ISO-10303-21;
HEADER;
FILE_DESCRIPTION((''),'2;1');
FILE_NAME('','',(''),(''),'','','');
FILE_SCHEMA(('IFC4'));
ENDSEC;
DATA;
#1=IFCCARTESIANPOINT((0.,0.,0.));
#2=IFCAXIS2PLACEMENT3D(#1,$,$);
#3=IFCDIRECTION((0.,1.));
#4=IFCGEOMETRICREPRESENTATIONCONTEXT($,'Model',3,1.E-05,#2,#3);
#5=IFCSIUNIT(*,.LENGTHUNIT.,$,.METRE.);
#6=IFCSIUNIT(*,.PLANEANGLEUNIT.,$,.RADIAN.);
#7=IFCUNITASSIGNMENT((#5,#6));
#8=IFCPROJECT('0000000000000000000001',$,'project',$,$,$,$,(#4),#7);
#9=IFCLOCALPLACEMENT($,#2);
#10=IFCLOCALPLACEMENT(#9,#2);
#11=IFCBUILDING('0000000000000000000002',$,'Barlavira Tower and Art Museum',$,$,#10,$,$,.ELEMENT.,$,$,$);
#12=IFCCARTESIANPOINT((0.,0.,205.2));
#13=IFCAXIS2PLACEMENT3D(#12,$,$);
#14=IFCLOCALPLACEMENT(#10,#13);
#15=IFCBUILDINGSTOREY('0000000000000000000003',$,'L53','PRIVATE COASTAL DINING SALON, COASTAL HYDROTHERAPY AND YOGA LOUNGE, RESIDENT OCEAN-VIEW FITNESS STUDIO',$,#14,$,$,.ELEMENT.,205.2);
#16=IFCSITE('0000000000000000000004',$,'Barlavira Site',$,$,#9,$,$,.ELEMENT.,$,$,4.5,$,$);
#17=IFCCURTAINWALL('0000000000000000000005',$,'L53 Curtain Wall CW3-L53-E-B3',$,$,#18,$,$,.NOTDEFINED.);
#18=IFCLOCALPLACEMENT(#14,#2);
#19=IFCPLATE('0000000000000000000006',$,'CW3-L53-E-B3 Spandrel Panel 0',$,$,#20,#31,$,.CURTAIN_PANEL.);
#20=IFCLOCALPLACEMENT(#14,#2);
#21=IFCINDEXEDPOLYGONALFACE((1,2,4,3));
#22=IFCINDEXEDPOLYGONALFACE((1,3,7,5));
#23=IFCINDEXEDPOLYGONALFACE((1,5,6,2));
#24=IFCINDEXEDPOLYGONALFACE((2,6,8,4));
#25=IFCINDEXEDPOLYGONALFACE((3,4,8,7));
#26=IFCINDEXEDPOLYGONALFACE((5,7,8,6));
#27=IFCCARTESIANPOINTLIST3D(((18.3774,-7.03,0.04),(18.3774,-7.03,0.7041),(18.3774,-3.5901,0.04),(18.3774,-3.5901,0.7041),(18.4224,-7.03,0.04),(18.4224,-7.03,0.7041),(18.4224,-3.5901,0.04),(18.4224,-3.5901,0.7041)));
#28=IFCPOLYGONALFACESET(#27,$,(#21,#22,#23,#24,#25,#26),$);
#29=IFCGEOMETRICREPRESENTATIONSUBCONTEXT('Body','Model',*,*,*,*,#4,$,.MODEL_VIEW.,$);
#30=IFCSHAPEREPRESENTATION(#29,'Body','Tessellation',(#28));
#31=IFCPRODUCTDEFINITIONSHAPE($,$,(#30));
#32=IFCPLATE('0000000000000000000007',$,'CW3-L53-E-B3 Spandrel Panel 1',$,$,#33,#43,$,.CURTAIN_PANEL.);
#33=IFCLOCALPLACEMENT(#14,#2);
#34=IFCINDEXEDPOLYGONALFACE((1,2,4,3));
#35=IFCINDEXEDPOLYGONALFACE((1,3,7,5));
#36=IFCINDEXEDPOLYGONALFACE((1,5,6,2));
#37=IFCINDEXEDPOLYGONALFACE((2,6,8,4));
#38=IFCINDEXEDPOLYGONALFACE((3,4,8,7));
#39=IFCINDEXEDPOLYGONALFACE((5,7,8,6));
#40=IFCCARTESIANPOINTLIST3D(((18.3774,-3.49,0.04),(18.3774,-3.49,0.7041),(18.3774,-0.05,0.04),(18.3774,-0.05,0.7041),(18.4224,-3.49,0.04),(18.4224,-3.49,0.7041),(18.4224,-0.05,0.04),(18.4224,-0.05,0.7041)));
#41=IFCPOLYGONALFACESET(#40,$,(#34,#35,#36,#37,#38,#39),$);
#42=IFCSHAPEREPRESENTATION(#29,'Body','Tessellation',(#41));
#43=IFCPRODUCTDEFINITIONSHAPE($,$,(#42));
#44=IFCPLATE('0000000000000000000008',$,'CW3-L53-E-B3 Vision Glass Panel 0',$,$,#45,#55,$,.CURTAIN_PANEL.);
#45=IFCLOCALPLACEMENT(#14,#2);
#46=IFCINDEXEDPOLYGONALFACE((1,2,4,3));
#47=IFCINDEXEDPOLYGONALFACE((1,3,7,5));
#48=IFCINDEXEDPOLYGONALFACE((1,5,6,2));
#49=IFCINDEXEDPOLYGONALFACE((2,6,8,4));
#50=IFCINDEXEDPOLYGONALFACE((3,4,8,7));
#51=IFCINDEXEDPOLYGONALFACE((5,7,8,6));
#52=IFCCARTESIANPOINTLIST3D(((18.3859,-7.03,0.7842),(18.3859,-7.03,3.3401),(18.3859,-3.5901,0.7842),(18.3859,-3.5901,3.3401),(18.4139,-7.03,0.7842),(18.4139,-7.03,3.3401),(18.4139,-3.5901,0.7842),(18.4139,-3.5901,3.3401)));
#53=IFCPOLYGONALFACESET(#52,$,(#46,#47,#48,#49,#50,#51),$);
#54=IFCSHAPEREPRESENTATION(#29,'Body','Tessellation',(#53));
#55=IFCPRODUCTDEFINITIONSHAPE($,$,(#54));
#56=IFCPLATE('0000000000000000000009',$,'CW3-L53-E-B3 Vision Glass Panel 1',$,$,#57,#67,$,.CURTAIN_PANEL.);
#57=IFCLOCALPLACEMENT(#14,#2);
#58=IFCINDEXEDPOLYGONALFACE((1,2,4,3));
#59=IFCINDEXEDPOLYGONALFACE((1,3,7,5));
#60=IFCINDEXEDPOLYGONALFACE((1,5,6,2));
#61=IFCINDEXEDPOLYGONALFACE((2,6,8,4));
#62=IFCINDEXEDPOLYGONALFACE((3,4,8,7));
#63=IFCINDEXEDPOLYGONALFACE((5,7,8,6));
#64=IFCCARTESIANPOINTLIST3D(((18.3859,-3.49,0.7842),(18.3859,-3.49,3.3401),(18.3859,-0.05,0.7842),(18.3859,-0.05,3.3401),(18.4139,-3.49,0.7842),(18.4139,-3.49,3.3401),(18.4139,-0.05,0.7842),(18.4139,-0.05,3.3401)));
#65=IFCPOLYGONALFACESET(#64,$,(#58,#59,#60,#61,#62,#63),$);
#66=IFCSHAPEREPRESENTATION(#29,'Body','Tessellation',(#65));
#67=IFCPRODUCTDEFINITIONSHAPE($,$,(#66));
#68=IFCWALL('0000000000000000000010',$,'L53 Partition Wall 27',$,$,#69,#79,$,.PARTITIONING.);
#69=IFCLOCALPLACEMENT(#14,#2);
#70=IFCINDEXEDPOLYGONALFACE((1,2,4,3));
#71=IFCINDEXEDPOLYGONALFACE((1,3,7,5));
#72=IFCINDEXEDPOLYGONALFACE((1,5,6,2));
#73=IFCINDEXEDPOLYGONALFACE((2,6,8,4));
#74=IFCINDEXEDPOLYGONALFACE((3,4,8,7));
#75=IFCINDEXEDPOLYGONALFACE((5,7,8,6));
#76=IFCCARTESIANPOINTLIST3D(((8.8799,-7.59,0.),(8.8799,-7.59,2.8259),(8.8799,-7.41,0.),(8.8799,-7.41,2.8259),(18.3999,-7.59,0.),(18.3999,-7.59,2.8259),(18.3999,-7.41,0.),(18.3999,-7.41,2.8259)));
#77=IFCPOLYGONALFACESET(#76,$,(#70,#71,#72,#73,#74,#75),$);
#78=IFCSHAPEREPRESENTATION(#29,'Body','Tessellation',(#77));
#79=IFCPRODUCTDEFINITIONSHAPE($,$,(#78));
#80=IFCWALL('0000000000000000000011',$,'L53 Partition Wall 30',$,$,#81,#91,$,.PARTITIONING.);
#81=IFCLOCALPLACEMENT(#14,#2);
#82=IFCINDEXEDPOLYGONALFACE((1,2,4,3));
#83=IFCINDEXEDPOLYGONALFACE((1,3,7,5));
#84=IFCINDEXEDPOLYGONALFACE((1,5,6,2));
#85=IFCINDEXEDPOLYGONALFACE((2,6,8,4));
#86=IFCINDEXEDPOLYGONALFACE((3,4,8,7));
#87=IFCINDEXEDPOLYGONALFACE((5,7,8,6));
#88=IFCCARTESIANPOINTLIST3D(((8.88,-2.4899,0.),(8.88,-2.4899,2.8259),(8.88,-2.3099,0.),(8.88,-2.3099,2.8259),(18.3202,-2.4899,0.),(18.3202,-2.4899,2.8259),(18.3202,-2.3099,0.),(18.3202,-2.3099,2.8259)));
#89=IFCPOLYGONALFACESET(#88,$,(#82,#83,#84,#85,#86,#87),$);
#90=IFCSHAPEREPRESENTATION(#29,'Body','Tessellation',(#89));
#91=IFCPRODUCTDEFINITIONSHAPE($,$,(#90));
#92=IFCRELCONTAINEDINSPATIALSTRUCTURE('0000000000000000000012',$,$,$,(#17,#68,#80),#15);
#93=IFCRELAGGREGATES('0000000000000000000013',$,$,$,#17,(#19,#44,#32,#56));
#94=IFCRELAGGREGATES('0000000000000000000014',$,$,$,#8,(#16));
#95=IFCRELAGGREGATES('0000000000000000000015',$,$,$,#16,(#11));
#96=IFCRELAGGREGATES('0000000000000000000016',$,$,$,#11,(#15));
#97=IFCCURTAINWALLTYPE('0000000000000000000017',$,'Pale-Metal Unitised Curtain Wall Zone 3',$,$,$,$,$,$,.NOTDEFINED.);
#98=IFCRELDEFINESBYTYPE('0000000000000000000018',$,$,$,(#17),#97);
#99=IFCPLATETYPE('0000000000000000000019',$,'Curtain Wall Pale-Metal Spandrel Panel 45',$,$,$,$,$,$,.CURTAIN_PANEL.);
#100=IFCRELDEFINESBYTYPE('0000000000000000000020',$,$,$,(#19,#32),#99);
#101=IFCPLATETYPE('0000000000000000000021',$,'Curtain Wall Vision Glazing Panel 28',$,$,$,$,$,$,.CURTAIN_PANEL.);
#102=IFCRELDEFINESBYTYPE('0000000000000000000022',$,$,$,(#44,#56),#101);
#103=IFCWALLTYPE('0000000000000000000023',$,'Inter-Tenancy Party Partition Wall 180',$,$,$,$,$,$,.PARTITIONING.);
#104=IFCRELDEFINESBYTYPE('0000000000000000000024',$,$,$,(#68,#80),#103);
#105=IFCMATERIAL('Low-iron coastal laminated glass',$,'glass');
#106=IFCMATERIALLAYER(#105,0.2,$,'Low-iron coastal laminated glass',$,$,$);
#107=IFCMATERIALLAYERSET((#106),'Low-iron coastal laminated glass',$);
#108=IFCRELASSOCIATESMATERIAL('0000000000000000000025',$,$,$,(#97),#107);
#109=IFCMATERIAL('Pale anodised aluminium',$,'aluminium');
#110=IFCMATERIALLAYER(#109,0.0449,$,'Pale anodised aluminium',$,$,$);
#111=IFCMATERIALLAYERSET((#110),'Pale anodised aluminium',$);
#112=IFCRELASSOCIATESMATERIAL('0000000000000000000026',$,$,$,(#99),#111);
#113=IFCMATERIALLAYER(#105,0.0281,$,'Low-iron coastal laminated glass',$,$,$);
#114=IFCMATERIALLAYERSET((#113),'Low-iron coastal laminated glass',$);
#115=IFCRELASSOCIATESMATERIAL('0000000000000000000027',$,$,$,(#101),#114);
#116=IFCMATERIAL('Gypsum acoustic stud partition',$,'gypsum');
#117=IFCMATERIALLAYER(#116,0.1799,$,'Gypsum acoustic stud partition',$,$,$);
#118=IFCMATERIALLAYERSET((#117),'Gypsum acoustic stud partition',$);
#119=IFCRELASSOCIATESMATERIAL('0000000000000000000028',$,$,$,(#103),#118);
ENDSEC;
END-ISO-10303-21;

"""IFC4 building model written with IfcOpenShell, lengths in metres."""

from ifc_helpers import new_model, si_unit, direction, frame, frame_2d, origin, origin_2d, place, context, subcontext, project, spatial, rectangle, extrude, material, layer, layer_set, type_object, element, aggregate, save


model = new_model("IFC4")

# Units and contexts
model_context = context("Model", 3, precision=1e-05, world=origin(), true_north=direction((0.0, 1.0)))
body_context = subcontext(model_context, "Body", "Model", "MODEL_VIEW")
ifc_project = project(units=[si_unit("LENGTHUNIT", "METRE"), si_unit("PLANEANGLEUNIT", "RADIAN")], contexts=[model_context])

# Site, building, storey
site_placement = place(None, origin())
site = spatial("IfcSite", under=ifc_project, at=site_placement, Name="Barlavira Site", CompositionType="ELEMENT", RefElevation=4.5)
building_placement = place(site_placement, origin())
building = spatial("IfcBuilding", under=site, at=building_placement, Name="Barlavira Tower and Art Museum", CompositionType="ELEMENT")
storey_placement = place(building_placement, frame((0.0, 0.0, 205.2)))
storey = spatial("IfcBuildingStorey", under=building, at=storey_placement, Name="L53", Description="PRIVATE COASTAL DINING SALON, COASTAL HYDROTHERAPY AND YOGA LOUNGE, RESIDENT OCEAN-VIEW FITNESS STUDIO", CompositionType="ELEMENT", Elevation=205.2)

# Curtain wall
ifc_material_1 = material(Name="Low-iron coastal laminated glass", Category="glass")
ifc_layer_1 = layer(ifc_material_1, 0.2, Name="Low-iron coastal laminated glass")
ifc_layer_set_1 = layer_set([ifc_layer_1], Name="Low-iron coastal laminated glass")
curtain_wall_type = type_object("IfcCurtainWallType", Name="Pale-Metal Unitised Curtain Wall Zone 3", PredefinedType="NOTDEFINED", material=ifc_layer_set_1)
curtain_wall_placement = place(storey_placement, origin())
curtain_wall = element("IfcCurtainWall", 1, at=curtain_wall_placement, inside=storey, type_object=curtain_wall_type, Name="L53 Curtain Wall CW3-L53-E-B3", PredefinedType="NOTDEFINED")
ifc_material_2 = material(Name="Pale anodised aluminium", Category="aluminium")

# Plates
ifc_layer_2 = layer(ifc_material_2, 0.0449, Name="Pale anodised aluminium")
ifc_layer_set_2 = layer_set([ifc_layer_2], Name="Pale anodised aluminium")
plate_type_1 = type_object("IfcPlateType", Name="Curtain Wall Pale-Metal Spandrel Panel 45", PredefinedType="CURTAIN_PANEL", material=ifc_layer_set_2)
plate_1_placement = place(storey_placement, frame((18.3999, -5.3101, 0.04), z_axis=(0.0, 0.0, 1.0), x_axis=(0.0, 1.0, 0.0)))
plate_1 = element("IfcPlate", 2, at=plate_1_placement, type_object=plate_type_1, Name="CW3-L53-E-B3 Spandrel Panel 0", PredefinedType="CURTAIN_PANEL", context=body_context, shape_type="SweptSolid", body=[
    extrude(rectangle(XDim=3.4399, YDim=0.0449, at=origin_2d()), origin(), (0.0, 0.0, 1.0), 0.6641),
])
plate_2_placement = place(storey_placement, frame((18.3999, -1.77, 0.04), z_axis=(0.0, 0.0, 1.0), x_axis=(0.0, 1.0, 0.0)))
plate_2 = element("IfcPlate", 3, at=plate_2_placement, type_object=plate_type_1, Name="CW3-L53-E-B3 Spandrel Panel 1", PredefinedType="CURTAIN_PANEL", context=body_context, shape_type="SweptSolid", body=[
    extrude(rectangle(XDim=3.4399, YDim=0.0449, at=origin_2d()), origin(), (0.0, 0.0, 1.0), 0.6641),
])
ifc_layer_3 = layer(ifc_material_1, 0.0281, Name="Low-iron coastal laminated glass")
ifc_layer_set_3 = layer_set([ifc_layer_3], Name="Low-iron coastal laminated glass")
plate_type_2 = type_object("IfcPlateType", Name="Curtain Wall Vision Glazing Panel 28", PredefinedType="CURTAIN_PANEL", material=ifc_layer_set_3)
plate_3_placement = place(storey_placement, frame((18.3999, -5.3101, 0.7842), z_axis=(0.0, 0.0, 1.0), x_axis=(0.0, 1.0, 0.0)))
plate_3 = element("IfcPlate", 4, at=plate_3_placement, type_object=plate_type_2, Name="CW3-L53-E-B3 Vision Glass Panel 0", PredefinedType="CURTAIN_PANEL", context=body_context, shape_type="SweptSolid", body=[
    extrude(rectangle(XDim=3.4399, YDim=0.0281, at=origin_2d()), origin(), (0.0, 0.0, 1.0), 2.5559),
])
plate_4_placement = place(storey_placement, frame((18.3999, -1.77, 0.7842), z_axis=(0.0, 0.0, 1.0), x_axis=(0.0, 1.0, 0.0)))
plate_4 = element("IfcPlate", 5, at=plate_4_placement, type_object=plate_type_2, Name="CW3-L53-E-B3 Vision Glass Panel 1", PredefinedType="CURTAIN_PANEL", context=body_context, shape_type="SweptSolid", body=[
    extrude(rectangle(XDim=3.4399, YDim=0.0281, at=origin_2d()), origin(), (0.0, 0.0, 1.0), 2.5559),
])
aggregate(curtain_wall, [plate_1, plate_3, plate_2, plate_4])

# Shared definitions
ifc_material_3 = material(Name="Gypsum acoustic stud partition", Category="gypsum")
ifc_layer_4 = layer(ifc_material_3, 0.1799, Name="Gypsum acoustic stud partition")
ifc_layer_set_4 = layer_set([ifc_layer_4], Name="Gypsum acoustic stud partition")
wall_type = type_object("IfcWallType", Name="Inter-Tenancy Party Partition Wall 180", PredefinedType="PARTITIONING", material=ifc_layer_set_4)

# Walls
wall_1_placement = place(storey_placement, frame((8.8799, -7.5, 0.0), z_axis=(0.0, 0.0, 1.0), x_axis=(1.0, 0.0, 0.0)))
element("IfcWall", 6, at=wall_1_placement, inside=storey, type_object=wall_type, Name="L53 Partition Wall 27", PredefinedType="PARTITIONING", context=body_context, shape_type="SweptSolid", body=[
    extrude(rectangle(XDim=9.52, YDim=0.1799, at=frame_2d((4.76, 0.0))), origin(), (0.0, 0.0, 1.0), 2.8259),
])
wall_2_placement = place(storey_placement, frame((8.8799, -2.3999, 0.0), z_axis=(0.0, 0.0, 1.0), x_axis=(1.0, 0.0, 0.0)))
element("IfcWall", 7, at=wall_2_placement, inside=storey, type_object=wall_type, Name="L53 Partition Wall 30", PredefinedType="PARTITIONING", context=body_context, shape_type="SweptSolid", body=[
    extrude(rectangle(XDim=9.4402, YDim=0.1799, at=frame_2d((4.7202, 0.0))), origin(), (0.0, 0.0, 1.0), 2.8259),
])

save(model, "model.ifc")
